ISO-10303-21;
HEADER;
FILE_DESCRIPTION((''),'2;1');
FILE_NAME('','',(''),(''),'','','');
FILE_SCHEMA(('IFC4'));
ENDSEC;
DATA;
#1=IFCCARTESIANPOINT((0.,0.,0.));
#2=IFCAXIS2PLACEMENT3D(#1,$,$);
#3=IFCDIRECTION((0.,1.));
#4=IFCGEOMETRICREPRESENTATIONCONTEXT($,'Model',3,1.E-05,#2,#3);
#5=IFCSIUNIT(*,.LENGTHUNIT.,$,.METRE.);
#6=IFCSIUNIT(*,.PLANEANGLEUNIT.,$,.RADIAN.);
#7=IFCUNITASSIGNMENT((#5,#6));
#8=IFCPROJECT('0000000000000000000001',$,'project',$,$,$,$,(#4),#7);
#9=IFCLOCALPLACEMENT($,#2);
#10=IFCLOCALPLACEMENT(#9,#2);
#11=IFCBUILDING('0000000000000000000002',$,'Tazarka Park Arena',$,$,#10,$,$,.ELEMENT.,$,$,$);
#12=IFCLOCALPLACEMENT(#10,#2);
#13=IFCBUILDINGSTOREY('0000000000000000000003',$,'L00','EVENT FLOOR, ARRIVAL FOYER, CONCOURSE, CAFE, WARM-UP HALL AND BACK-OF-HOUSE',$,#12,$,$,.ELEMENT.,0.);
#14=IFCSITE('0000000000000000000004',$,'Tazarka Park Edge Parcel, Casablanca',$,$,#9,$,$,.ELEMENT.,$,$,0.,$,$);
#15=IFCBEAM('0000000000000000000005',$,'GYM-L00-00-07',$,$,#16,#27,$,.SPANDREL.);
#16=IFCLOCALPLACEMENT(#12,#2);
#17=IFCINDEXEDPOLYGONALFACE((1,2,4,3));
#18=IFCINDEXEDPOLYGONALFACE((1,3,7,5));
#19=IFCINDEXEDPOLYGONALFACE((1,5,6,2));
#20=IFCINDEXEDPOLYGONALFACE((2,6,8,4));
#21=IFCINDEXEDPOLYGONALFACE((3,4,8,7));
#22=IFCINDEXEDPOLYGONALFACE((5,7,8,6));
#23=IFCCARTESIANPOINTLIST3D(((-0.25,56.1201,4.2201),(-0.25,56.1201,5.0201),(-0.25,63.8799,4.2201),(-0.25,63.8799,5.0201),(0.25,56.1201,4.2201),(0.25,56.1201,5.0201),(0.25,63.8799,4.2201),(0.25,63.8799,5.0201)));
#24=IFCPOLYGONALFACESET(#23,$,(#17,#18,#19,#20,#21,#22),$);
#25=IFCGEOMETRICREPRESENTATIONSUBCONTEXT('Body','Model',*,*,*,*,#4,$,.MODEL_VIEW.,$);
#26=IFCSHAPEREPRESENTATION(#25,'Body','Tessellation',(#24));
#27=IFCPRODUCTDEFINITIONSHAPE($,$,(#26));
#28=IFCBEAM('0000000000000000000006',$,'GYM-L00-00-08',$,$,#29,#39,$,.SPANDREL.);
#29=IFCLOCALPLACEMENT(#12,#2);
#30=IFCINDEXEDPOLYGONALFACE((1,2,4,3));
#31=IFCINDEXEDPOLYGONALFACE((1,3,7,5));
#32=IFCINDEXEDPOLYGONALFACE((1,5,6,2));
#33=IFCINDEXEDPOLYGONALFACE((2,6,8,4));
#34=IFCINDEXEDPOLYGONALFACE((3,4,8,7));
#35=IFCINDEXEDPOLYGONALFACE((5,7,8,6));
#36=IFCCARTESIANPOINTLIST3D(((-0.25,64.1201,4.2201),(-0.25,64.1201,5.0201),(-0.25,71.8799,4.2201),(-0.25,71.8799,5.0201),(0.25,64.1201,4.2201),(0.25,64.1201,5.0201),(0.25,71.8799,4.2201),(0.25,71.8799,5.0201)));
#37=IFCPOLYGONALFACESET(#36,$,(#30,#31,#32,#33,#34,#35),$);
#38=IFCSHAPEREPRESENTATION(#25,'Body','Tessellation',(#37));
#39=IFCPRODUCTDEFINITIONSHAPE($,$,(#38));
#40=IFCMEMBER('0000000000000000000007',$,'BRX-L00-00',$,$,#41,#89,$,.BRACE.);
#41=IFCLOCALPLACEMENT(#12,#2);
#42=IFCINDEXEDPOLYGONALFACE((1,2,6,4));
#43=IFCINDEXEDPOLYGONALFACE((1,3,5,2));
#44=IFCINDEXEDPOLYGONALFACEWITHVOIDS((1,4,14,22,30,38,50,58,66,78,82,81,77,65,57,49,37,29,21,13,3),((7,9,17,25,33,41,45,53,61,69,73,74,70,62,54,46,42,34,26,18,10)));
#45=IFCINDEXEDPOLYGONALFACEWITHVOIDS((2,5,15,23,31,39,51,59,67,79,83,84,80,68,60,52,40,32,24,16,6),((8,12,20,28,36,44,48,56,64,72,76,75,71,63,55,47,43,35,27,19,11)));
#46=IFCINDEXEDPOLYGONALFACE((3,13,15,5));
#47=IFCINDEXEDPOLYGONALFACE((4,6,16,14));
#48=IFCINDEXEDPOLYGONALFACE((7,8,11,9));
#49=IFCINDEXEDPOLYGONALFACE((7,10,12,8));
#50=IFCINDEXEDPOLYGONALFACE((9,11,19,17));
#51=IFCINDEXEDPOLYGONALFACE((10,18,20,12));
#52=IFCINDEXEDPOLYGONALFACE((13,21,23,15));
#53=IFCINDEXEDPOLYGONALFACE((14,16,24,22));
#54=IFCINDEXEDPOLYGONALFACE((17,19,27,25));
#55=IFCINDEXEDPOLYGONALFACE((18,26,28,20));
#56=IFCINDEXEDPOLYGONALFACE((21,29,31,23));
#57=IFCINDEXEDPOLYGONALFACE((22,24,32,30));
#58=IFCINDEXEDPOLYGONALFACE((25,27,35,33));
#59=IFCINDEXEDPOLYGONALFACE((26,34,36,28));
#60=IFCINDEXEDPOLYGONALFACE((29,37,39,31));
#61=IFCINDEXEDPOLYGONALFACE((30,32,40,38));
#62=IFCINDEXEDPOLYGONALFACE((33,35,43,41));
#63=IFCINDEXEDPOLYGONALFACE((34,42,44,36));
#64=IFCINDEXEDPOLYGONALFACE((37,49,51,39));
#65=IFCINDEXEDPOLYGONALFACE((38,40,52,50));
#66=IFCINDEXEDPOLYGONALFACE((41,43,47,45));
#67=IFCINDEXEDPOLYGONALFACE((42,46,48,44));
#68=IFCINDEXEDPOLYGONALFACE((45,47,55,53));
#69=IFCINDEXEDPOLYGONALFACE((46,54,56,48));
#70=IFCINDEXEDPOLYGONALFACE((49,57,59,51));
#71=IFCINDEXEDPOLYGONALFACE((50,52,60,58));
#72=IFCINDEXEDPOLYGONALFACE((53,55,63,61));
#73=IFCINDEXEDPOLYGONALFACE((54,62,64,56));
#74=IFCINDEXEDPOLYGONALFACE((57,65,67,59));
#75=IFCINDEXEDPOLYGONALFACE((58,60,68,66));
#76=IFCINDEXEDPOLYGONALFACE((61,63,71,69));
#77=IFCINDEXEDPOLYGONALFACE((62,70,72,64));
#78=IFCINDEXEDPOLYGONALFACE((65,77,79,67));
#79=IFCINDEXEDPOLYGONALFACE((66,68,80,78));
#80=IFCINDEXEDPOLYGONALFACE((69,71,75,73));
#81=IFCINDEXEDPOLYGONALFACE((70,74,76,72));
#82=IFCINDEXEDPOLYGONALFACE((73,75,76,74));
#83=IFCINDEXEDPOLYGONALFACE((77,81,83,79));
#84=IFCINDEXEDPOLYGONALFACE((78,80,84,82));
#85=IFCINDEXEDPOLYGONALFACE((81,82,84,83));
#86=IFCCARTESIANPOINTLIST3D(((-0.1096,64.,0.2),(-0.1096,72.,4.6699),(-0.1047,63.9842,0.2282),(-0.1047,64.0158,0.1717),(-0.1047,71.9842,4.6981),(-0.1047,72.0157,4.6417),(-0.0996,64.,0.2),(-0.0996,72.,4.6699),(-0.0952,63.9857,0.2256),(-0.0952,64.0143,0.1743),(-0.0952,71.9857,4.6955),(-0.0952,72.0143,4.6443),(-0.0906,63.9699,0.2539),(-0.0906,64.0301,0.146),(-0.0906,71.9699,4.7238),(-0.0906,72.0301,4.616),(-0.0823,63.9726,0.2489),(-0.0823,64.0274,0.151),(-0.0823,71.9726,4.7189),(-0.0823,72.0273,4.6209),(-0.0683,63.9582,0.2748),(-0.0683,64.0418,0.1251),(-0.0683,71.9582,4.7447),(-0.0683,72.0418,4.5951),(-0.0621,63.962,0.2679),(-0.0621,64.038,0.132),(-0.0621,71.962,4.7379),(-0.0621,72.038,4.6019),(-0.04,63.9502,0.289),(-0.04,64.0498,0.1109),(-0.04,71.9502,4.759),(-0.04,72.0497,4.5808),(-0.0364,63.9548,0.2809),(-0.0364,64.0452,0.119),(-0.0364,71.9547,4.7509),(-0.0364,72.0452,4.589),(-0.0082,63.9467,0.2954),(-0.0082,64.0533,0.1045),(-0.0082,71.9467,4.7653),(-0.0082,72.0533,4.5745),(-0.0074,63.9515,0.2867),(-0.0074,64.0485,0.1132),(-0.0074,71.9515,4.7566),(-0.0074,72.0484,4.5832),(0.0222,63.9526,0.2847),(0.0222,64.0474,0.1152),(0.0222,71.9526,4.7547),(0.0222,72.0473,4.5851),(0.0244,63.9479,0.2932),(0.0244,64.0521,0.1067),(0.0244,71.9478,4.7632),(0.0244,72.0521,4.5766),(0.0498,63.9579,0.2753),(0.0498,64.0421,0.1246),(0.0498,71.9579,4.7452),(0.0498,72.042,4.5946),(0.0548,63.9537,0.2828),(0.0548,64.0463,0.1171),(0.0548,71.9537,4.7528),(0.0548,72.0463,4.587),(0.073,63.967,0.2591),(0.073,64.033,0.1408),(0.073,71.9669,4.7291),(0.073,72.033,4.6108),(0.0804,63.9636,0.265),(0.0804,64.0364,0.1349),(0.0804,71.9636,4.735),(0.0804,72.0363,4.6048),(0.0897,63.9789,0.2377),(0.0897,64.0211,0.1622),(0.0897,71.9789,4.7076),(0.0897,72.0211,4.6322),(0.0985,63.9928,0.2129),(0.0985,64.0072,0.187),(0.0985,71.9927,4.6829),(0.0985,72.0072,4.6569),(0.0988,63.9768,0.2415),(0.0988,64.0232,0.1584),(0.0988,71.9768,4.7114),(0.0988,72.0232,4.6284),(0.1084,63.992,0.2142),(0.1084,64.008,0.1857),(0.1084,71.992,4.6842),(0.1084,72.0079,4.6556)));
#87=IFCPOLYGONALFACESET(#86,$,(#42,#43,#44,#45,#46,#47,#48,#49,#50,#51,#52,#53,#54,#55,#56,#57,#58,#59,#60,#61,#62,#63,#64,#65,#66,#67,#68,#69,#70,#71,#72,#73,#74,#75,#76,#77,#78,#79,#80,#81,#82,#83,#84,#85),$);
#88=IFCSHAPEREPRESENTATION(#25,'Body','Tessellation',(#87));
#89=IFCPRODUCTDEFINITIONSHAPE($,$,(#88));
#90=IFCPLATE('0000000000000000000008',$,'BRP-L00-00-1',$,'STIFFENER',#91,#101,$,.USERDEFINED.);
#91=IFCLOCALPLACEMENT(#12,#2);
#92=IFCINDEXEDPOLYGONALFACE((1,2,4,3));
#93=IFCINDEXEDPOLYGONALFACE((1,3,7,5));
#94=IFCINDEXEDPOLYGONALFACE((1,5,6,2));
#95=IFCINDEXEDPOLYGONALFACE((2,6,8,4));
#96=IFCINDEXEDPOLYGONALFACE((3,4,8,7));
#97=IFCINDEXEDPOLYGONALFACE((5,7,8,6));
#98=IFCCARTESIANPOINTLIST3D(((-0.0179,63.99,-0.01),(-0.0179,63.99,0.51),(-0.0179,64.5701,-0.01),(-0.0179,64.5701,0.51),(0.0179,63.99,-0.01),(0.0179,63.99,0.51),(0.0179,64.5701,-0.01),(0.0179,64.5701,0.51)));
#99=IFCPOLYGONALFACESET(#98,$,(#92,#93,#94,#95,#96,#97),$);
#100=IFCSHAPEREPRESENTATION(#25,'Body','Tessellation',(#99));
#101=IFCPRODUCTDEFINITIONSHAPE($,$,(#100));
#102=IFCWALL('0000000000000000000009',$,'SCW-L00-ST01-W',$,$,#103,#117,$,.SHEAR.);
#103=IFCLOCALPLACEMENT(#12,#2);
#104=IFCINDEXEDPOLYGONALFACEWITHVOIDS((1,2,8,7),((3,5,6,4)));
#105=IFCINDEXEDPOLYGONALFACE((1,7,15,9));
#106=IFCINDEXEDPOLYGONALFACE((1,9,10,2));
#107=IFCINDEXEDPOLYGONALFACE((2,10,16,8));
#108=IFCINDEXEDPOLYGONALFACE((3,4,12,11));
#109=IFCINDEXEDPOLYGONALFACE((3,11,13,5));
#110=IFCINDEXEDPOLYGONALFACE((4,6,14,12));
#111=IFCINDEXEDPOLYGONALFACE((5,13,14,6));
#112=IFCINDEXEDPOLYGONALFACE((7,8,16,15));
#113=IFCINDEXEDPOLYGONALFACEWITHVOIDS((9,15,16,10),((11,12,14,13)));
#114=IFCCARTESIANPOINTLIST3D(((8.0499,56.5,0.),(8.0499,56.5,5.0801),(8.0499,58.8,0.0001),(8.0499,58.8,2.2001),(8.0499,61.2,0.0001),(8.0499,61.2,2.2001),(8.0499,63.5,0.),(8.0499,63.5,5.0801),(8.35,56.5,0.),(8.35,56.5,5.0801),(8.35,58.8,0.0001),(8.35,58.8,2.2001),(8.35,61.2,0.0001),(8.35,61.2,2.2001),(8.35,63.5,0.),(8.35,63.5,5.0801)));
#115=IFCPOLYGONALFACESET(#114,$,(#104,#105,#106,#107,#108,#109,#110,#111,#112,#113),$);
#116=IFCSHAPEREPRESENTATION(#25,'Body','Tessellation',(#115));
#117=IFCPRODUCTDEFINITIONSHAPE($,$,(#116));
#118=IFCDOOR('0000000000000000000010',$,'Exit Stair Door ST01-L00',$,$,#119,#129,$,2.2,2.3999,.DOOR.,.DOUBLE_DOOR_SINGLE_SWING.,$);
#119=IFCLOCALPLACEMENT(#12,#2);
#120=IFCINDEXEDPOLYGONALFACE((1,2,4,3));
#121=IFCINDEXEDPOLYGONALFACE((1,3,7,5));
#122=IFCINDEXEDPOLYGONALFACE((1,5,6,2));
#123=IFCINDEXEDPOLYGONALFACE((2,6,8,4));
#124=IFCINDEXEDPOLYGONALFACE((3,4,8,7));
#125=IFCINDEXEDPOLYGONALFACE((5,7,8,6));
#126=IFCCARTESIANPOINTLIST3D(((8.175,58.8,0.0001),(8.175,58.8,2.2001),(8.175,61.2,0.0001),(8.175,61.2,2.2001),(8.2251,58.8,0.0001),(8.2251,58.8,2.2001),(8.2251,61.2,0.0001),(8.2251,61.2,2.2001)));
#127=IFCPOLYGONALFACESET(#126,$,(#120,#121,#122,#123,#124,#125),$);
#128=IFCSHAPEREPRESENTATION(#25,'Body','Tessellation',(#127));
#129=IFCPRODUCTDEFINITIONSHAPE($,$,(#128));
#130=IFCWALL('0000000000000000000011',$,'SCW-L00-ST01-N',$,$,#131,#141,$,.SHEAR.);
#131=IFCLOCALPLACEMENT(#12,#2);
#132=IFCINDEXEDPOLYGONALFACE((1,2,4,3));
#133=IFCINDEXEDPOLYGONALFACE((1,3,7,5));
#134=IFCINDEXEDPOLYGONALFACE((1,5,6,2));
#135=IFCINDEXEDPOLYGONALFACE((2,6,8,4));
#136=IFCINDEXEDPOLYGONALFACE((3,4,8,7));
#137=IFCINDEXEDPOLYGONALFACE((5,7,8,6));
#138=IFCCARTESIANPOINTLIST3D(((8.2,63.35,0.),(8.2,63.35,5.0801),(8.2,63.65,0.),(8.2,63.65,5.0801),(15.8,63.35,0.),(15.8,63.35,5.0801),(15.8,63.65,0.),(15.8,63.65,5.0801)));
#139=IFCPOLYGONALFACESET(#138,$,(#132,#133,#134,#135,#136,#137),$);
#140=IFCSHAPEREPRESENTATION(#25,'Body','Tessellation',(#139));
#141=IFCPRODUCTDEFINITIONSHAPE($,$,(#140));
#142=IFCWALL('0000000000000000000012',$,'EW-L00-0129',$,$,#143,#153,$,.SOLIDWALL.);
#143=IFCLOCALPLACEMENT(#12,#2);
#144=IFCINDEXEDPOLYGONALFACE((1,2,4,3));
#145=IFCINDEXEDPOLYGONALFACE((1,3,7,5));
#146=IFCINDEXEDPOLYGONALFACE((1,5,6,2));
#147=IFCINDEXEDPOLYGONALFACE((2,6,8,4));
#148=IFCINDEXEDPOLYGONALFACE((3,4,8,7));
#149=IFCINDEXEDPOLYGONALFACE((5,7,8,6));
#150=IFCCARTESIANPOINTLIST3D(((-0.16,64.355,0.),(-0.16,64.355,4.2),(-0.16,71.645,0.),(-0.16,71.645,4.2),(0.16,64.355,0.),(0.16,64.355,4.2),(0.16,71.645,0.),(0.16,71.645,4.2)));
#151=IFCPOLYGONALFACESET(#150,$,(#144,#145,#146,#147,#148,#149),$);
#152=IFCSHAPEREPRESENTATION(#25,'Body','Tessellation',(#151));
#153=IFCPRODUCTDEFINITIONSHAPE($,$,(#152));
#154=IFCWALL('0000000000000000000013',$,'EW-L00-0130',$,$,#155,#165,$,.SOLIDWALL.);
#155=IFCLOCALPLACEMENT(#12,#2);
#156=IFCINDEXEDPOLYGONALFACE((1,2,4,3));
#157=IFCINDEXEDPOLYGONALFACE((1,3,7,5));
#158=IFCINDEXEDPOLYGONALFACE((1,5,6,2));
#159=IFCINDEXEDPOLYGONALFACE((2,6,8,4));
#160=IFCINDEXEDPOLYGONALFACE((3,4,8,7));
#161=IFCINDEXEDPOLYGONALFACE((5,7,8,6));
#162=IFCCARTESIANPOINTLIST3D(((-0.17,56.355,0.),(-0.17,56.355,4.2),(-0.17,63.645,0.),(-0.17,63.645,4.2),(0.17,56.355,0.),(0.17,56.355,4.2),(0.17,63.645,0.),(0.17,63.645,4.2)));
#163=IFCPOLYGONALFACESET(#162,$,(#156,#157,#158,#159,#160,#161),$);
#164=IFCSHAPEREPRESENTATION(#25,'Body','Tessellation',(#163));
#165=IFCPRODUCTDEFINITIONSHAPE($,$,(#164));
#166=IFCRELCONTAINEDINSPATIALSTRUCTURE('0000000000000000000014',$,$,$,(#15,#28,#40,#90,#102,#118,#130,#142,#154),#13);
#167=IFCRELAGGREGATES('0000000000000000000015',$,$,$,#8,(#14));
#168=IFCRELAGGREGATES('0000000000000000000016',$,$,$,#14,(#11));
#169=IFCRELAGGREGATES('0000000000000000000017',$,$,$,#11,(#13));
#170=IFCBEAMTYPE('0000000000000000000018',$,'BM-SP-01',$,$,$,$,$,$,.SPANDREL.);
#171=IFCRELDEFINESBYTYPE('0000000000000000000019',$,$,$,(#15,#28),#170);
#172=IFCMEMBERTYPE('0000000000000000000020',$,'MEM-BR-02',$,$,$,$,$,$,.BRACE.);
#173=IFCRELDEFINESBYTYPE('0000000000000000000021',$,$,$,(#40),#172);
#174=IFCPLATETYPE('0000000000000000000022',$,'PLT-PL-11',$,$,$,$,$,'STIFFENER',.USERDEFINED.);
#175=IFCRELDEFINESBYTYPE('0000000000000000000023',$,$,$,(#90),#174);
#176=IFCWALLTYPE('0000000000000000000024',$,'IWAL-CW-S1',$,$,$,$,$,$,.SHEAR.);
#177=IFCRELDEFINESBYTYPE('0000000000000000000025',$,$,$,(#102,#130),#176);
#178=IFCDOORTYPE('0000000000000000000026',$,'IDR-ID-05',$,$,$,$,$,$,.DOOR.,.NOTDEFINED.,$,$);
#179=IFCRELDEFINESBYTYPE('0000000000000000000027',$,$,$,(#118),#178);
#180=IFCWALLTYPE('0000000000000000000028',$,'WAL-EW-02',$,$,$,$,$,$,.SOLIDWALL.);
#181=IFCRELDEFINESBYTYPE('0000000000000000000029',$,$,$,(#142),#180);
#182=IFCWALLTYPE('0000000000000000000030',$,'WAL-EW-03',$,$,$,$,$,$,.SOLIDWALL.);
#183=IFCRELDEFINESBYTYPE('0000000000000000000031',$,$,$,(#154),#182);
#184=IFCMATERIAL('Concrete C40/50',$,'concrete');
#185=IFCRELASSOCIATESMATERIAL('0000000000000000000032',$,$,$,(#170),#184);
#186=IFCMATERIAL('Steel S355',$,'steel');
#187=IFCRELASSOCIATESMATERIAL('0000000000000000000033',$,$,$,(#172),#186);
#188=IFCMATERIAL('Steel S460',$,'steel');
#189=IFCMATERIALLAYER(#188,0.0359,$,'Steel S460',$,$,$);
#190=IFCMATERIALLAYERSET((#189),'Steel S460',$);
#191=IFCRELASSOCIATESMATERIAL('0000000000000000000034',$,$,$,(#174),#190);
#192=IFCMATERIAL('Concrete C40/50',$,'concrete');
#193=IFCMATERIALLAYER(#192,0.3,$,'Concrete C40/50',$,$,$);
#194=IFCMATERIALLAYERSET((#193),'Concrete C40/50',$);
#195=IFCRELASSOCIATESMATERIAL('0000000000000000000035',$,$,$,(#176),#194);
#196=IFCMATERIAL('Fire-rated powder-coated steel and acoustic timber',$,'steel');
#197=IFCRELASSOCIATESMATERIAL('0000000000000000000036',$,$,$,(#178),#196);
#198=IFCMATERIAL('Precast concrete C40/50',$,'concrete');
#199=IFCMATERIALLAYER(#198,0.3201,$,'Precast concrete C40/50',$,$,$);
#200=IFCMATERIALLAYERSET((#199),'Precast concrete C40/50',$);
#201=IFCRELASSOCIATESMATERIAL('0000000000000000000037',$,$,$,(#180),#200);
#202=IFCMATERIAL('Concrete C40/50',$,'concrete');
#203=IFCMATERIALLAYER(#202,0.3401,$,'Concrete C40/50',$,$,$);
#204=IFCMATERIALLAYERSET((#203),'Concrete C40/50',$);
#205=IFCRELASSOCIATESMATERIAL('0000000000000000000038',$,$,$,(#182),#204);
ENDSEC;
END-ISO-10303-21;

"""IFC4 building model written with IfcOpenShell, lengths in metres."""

from ifc_helpers import new_model, si_unit, direction, frame, frame_2d, origin, origin_2d, place, context, subcontext, project, spatial, rectangle, hollow_circle, extrude, material, layer, layer_set, material_profile, profile_set, type_object, element, fill, save


model = new_model("IFC4")

# Units and contexts
model_context = context("Model", 3, precision=1e-05, world=origin(), true_north=direction((0.0, 1.0)))
body_context = subcontext(model_context, "Body", "Model", "MODEL_VIEW")
ifc_project = project(units=[si_unit("LENGTHUNIT", "METRE"), si_unit("PLANEANGLEUNIT", "RADIAN")], contexts=[model_context])

# Site, building, storey
site_placement = place(None, origin())
site = spatial("IfcSite", under=ifc_project, at=site_placement, Name="Tazarka Park Edge Parcel, Casablanca", CompositionType="ELEMENT", RefElevation=0.0)
building_placement = place(site_placement, origin())
building = spatial("IfcBuilding", under=site, at=building_placement, Name="Tazarka Park Arena", CompositionType="ELEMENT")
storey_placement = place(building_placement, origin())
storey = spatial("IfcBuildingStorey", under=building, at=storey_placement, Name="L00", Description="EVENT FLOOR, ARRIVAL FOYER, CONCOURSE, CAFE, WARM-UP HALL AND BACK-OF-HOUSE", CompositionType="ELEMENT", Elevation=0.0)

# Beams
ifc_material_1 = material(Name="Concrete C40/50", Category="concrete")
ifc_material_profile_1 = material_profile(ifc_material_1, rectangle(XDim=0.5, YDim=0.8, at=origin_2d()), Name="Concrete C40/50")
ifc_profile_set_1 = profile_set([ifc_material_profile_1], Name="Concrete C40/50")
beam_type_1 = type_object("IfcBeamType", Name="BM-SP-01", PredefinedType="SPANDREL", material=ifc_profile_set_1)
for number, where, z_axis, x_axis, name in (
    (1, (0.0, 56.1201, 4.6201), (0.0, 1.0, 0.0), (-1.0, 0.0, 0.0), "GYM-L00-00-07"),
    (2, (0.0, 64.1201, 4.6201), (0.0, 1.0, 0.0), (-1.0, 0.0, 0.0), "GYM-L00-00-08"),
):
    element("IfcBeam", number, at=place(storey_placement, frame(where, z_axis=z_axis, x_axis=x_axis)), inside=storey, type_object=beam_type_1, Name=name, PredefinedType="SPANDREL", context=body_context, shape_type="SweptSolid", body=[
        extrude(rectangle(XDim=0.5, YDim=0.8, at=origin_2d()), origin(), (0.0, 0.0, 1.0), 7.7598),
    ])

# Member
ifc_material_2 = material(Name="Steel S355", Category="steel")
ifc_material_profile_2 = material_profile(ifc_material_2, hollow_circle(Radius=0.1096, WallThickness=0.01, at=origin_2d()), Name="Steel S355")
ifc_profile_set_2 = profile_set([ifc_material_profile_2], Name="Steel S355")
member_type = type_object("IfcMemberType", Name="MEM-BR-02", PredefinedType="BRACE", material=ifc_profile_set_2)
member_placement = place(storey_placement, frame((0.0, 64.0, 0.2), z_axis=(0.0, 0.872972, 0.48777), x_axis=(-1.0, 0.0, 0.0)))
element("IfcMember", 3, at=member_placement, inside=storey, type_object=member_type, Name="BRX-L00-00", PredefinedType="BRACE", context=body_context, shape_type="SweptSolid", body=[
    extrude(hollow_circle(Radius=0.1096, WallThickness=0.01, at=origin_2d()), origin(), (0.0, 0.0, 1.0), 9.1641),
])

# Plate
ifc_material_3 = material(Name="Steel S460", Category="steel")
ifc_layer_1 = layer(ifc_material_3, 0.0359, Name="Steel S460")
ifc_layer_set_1 = layer_set([ifc_layer_1], Name="Steel S460")
plate_type = type_object("IfcPlateType", Name="PLT-PL-11", ElementType="STIFFENER", PredefinedType="USERDEFINED", material=ifc_layer_set_1)
plate_placement = place(storey_placement, frame((0.0, 64.28, -0.01), z_axis=(0.0, 0.0, 1.0), x_axis=(1.0, 0.0, 0.0)))
element("IfcPlate", 4, at=plate_placement, inside=storey, type_object=plate_type, Name="BRP-L00-00-1", ObjectType="STIFFENER", PredefinedType="USERDEFINED", context=body_context, shape_type="SweptSolid", body=[
    extrude(rectangle(XDim=0.0359, YDim=0.5801, at=origin_2d()), origin(), (0.0, 0.0, 1.0), 0.52),
])

# Wall, opening, door
ifc_material_4 = material(Name="Concrete C40/50", Category="concrete")
ifc_layer_2 = layer(ifc_material_4, 0.3, Name="Concrete C40/50")
ifc_layer_set_2 = layer_set([ifc_layer_2], Name="Concrete C40/50")
wall_type_1 = type_object("IfcWallType", Name="IWAL-CW-S1", PredefinedType="SHEAR", material=ifc_layer_set_2)
wall_1_placement = place(storey_placement, frame((8.2, 56.5, 0.0), z_axis=(0.0, 0.0, 1.0), x_axis=(0.0, 1.0, 0.0)))
wall_1 = element("IfcWall", 5, at=wall_1_placement, inside=storey, type_object=wall_type_1, Name="SCW-L00-ST01-W", PredefinedType="SHEAR", context=body_context, shape_type="SweptSolid", body=[
    extrude(rectangle(XDim=7.0, YDim=0.3, at=frame_2d((3.5, 0.0))), origin(), (0.0, 0.0, 1.0), 5.0801),
])
opening_placement = place(wall_1_placement, frame((2.3, 0.0, 0.0)))
opening = element("IfcOpeningElement", 6, at=opening_placement, cuts=wall_1, PredefinedType="OPENING", context=body_context, shape_type="SweptSolid", body=[
    extrude(rectangle(XDim=2.3999, YDim=2.2, at=frame_2d((1.2, 1.1001))), frame((0.0, 0.1602, 0.0), z_axis=(0.0, -1.0, 0.0), x_axis=(1.0, 0.0, 0.0)), (0.0, 0.0, 1.0), 0.3201),
])
ifc_material_5 = material(Name="Fire-rated powder-coated steel and acoustic timber", Category="steel")
door_type = type_object("IfcDoorType", Name="IDR-ID-05", OperationType="NOTDEFINED", PredefinedType="DOOR", material=ifc_material_5)
door_placement = place(opening_placement, origin())
door = element("IfcDoor", 7, at=door_placement, inside=storey, type_object=door_type, Name="Exit Stair Door ST01-L00", OperationType="DOUBLE_DOOR_SINGLE_SWING", OverallHeight=2.2, OverallWidth=2.3999, PredefinedType="DOOR", context=body_context, shape_type="SweptSolid", body=[
    extrude(rectangle(XDim=2.3999, YDim=2.2, at=frame_2d((1.2, 1.1001))), frame((0.0, 0.0249, 0.0), z_axis=(0.0, -1.0, 0.0), x_axis=(1.0, 0.0, 0.0)), (0.0, 0.0, 1.0), 0.05),
])
fill(opening, door)

# Walls
wall_2_placement = place(storey_placement, frame((8.2, 63.5, 0.0), z_axis=(0.0, 0.0, 1.0), x_axis=(1.0, 0.0, 0.0)))
element("IfcWall", 8, at=wall_2_placement, inside=storey, type_object=wall_type_1, Name="SCW-L00-ST01-N", PredefinedType="SHEAR", context=body_context, shape_type="SweptSolid", body=[
    extrude(rectangle(XDim=7.6001, YDim=0.3, at=frame_2d((3.8, 0.0))), origin(), (0.0, 0.0, 1.0), 5.0801),
])
ifc_material_6 = material(Name="Precast concrete C40/50", Category="concrete")
ifc_layer_3 = layer(ifc_material_6, 0.3201, Name="Precast concrete C40/50")
ifc_layer_set_3 = layer_set([ifc_layer_3], Name="Precast concrete C40/50")
wall_type_2 = type_object("IfcWallType", Name="WAL-EW-02", PredefinedType="SOLIDWALL", material=ifc_layer_set_3)
wall_3_placement = place(storey_placement, frame((0.0, 64.355, 0.0), z_axis=(0.0, 0.0, 1.0), x_axis=(0.0, 1.0, 0.0)))
element("IfcWall", 9, at=wall_3_placement, inside=storey, type_object=wall_type_2, Name="EW-L00-0129", PredefinedType="SOLIDWALL", context=body_context, shape_type="SweptSolid", body=[
    extrude(rectangle(XDim=7.29, YDim=0.3201, at=frame_2d((3.645, 0.0))), origin(), (0.0, 0.0, 1.0), 4.2),
])
ifc_material_7 = material(Name="Concrete C40/50", Category="concrete")
ifc_layer_4 = layer(ifc_material_7, 0.3401, Name="Concrete C40/50")
ifc_layer_set_4 = layer_set([ifc_layer_4], Name="Concrete C40/50")
wall_type_3 = type_object("IfcWallType", Name="WAL-EW-03", PredefinedType="SOLIDWALL", material=ifc_layer_set_4)
wall_4_placement = place(storey_placement, frame((0.0, 56.355, 0.0), z_axis=(0.0, 0.0, 1.0), x_axis=(0.0, 1.0, 0.0)))
element("IfcWall", 10, at=wall_4_placement, inside=storey, type_object=wall_type_3, Name="EW-L00-0130", PredefinedType="SOLIDWALL", context=body_context, shape_type="SweptSolid", body=[
    extrude(rectangle(XDim=7.29, YDim=0.3401, at=frame_2d((3.645, 0.0))), origin(), (0.0, 0.0, 1.0), 4.2),
])

save(model, "model.ifc")
